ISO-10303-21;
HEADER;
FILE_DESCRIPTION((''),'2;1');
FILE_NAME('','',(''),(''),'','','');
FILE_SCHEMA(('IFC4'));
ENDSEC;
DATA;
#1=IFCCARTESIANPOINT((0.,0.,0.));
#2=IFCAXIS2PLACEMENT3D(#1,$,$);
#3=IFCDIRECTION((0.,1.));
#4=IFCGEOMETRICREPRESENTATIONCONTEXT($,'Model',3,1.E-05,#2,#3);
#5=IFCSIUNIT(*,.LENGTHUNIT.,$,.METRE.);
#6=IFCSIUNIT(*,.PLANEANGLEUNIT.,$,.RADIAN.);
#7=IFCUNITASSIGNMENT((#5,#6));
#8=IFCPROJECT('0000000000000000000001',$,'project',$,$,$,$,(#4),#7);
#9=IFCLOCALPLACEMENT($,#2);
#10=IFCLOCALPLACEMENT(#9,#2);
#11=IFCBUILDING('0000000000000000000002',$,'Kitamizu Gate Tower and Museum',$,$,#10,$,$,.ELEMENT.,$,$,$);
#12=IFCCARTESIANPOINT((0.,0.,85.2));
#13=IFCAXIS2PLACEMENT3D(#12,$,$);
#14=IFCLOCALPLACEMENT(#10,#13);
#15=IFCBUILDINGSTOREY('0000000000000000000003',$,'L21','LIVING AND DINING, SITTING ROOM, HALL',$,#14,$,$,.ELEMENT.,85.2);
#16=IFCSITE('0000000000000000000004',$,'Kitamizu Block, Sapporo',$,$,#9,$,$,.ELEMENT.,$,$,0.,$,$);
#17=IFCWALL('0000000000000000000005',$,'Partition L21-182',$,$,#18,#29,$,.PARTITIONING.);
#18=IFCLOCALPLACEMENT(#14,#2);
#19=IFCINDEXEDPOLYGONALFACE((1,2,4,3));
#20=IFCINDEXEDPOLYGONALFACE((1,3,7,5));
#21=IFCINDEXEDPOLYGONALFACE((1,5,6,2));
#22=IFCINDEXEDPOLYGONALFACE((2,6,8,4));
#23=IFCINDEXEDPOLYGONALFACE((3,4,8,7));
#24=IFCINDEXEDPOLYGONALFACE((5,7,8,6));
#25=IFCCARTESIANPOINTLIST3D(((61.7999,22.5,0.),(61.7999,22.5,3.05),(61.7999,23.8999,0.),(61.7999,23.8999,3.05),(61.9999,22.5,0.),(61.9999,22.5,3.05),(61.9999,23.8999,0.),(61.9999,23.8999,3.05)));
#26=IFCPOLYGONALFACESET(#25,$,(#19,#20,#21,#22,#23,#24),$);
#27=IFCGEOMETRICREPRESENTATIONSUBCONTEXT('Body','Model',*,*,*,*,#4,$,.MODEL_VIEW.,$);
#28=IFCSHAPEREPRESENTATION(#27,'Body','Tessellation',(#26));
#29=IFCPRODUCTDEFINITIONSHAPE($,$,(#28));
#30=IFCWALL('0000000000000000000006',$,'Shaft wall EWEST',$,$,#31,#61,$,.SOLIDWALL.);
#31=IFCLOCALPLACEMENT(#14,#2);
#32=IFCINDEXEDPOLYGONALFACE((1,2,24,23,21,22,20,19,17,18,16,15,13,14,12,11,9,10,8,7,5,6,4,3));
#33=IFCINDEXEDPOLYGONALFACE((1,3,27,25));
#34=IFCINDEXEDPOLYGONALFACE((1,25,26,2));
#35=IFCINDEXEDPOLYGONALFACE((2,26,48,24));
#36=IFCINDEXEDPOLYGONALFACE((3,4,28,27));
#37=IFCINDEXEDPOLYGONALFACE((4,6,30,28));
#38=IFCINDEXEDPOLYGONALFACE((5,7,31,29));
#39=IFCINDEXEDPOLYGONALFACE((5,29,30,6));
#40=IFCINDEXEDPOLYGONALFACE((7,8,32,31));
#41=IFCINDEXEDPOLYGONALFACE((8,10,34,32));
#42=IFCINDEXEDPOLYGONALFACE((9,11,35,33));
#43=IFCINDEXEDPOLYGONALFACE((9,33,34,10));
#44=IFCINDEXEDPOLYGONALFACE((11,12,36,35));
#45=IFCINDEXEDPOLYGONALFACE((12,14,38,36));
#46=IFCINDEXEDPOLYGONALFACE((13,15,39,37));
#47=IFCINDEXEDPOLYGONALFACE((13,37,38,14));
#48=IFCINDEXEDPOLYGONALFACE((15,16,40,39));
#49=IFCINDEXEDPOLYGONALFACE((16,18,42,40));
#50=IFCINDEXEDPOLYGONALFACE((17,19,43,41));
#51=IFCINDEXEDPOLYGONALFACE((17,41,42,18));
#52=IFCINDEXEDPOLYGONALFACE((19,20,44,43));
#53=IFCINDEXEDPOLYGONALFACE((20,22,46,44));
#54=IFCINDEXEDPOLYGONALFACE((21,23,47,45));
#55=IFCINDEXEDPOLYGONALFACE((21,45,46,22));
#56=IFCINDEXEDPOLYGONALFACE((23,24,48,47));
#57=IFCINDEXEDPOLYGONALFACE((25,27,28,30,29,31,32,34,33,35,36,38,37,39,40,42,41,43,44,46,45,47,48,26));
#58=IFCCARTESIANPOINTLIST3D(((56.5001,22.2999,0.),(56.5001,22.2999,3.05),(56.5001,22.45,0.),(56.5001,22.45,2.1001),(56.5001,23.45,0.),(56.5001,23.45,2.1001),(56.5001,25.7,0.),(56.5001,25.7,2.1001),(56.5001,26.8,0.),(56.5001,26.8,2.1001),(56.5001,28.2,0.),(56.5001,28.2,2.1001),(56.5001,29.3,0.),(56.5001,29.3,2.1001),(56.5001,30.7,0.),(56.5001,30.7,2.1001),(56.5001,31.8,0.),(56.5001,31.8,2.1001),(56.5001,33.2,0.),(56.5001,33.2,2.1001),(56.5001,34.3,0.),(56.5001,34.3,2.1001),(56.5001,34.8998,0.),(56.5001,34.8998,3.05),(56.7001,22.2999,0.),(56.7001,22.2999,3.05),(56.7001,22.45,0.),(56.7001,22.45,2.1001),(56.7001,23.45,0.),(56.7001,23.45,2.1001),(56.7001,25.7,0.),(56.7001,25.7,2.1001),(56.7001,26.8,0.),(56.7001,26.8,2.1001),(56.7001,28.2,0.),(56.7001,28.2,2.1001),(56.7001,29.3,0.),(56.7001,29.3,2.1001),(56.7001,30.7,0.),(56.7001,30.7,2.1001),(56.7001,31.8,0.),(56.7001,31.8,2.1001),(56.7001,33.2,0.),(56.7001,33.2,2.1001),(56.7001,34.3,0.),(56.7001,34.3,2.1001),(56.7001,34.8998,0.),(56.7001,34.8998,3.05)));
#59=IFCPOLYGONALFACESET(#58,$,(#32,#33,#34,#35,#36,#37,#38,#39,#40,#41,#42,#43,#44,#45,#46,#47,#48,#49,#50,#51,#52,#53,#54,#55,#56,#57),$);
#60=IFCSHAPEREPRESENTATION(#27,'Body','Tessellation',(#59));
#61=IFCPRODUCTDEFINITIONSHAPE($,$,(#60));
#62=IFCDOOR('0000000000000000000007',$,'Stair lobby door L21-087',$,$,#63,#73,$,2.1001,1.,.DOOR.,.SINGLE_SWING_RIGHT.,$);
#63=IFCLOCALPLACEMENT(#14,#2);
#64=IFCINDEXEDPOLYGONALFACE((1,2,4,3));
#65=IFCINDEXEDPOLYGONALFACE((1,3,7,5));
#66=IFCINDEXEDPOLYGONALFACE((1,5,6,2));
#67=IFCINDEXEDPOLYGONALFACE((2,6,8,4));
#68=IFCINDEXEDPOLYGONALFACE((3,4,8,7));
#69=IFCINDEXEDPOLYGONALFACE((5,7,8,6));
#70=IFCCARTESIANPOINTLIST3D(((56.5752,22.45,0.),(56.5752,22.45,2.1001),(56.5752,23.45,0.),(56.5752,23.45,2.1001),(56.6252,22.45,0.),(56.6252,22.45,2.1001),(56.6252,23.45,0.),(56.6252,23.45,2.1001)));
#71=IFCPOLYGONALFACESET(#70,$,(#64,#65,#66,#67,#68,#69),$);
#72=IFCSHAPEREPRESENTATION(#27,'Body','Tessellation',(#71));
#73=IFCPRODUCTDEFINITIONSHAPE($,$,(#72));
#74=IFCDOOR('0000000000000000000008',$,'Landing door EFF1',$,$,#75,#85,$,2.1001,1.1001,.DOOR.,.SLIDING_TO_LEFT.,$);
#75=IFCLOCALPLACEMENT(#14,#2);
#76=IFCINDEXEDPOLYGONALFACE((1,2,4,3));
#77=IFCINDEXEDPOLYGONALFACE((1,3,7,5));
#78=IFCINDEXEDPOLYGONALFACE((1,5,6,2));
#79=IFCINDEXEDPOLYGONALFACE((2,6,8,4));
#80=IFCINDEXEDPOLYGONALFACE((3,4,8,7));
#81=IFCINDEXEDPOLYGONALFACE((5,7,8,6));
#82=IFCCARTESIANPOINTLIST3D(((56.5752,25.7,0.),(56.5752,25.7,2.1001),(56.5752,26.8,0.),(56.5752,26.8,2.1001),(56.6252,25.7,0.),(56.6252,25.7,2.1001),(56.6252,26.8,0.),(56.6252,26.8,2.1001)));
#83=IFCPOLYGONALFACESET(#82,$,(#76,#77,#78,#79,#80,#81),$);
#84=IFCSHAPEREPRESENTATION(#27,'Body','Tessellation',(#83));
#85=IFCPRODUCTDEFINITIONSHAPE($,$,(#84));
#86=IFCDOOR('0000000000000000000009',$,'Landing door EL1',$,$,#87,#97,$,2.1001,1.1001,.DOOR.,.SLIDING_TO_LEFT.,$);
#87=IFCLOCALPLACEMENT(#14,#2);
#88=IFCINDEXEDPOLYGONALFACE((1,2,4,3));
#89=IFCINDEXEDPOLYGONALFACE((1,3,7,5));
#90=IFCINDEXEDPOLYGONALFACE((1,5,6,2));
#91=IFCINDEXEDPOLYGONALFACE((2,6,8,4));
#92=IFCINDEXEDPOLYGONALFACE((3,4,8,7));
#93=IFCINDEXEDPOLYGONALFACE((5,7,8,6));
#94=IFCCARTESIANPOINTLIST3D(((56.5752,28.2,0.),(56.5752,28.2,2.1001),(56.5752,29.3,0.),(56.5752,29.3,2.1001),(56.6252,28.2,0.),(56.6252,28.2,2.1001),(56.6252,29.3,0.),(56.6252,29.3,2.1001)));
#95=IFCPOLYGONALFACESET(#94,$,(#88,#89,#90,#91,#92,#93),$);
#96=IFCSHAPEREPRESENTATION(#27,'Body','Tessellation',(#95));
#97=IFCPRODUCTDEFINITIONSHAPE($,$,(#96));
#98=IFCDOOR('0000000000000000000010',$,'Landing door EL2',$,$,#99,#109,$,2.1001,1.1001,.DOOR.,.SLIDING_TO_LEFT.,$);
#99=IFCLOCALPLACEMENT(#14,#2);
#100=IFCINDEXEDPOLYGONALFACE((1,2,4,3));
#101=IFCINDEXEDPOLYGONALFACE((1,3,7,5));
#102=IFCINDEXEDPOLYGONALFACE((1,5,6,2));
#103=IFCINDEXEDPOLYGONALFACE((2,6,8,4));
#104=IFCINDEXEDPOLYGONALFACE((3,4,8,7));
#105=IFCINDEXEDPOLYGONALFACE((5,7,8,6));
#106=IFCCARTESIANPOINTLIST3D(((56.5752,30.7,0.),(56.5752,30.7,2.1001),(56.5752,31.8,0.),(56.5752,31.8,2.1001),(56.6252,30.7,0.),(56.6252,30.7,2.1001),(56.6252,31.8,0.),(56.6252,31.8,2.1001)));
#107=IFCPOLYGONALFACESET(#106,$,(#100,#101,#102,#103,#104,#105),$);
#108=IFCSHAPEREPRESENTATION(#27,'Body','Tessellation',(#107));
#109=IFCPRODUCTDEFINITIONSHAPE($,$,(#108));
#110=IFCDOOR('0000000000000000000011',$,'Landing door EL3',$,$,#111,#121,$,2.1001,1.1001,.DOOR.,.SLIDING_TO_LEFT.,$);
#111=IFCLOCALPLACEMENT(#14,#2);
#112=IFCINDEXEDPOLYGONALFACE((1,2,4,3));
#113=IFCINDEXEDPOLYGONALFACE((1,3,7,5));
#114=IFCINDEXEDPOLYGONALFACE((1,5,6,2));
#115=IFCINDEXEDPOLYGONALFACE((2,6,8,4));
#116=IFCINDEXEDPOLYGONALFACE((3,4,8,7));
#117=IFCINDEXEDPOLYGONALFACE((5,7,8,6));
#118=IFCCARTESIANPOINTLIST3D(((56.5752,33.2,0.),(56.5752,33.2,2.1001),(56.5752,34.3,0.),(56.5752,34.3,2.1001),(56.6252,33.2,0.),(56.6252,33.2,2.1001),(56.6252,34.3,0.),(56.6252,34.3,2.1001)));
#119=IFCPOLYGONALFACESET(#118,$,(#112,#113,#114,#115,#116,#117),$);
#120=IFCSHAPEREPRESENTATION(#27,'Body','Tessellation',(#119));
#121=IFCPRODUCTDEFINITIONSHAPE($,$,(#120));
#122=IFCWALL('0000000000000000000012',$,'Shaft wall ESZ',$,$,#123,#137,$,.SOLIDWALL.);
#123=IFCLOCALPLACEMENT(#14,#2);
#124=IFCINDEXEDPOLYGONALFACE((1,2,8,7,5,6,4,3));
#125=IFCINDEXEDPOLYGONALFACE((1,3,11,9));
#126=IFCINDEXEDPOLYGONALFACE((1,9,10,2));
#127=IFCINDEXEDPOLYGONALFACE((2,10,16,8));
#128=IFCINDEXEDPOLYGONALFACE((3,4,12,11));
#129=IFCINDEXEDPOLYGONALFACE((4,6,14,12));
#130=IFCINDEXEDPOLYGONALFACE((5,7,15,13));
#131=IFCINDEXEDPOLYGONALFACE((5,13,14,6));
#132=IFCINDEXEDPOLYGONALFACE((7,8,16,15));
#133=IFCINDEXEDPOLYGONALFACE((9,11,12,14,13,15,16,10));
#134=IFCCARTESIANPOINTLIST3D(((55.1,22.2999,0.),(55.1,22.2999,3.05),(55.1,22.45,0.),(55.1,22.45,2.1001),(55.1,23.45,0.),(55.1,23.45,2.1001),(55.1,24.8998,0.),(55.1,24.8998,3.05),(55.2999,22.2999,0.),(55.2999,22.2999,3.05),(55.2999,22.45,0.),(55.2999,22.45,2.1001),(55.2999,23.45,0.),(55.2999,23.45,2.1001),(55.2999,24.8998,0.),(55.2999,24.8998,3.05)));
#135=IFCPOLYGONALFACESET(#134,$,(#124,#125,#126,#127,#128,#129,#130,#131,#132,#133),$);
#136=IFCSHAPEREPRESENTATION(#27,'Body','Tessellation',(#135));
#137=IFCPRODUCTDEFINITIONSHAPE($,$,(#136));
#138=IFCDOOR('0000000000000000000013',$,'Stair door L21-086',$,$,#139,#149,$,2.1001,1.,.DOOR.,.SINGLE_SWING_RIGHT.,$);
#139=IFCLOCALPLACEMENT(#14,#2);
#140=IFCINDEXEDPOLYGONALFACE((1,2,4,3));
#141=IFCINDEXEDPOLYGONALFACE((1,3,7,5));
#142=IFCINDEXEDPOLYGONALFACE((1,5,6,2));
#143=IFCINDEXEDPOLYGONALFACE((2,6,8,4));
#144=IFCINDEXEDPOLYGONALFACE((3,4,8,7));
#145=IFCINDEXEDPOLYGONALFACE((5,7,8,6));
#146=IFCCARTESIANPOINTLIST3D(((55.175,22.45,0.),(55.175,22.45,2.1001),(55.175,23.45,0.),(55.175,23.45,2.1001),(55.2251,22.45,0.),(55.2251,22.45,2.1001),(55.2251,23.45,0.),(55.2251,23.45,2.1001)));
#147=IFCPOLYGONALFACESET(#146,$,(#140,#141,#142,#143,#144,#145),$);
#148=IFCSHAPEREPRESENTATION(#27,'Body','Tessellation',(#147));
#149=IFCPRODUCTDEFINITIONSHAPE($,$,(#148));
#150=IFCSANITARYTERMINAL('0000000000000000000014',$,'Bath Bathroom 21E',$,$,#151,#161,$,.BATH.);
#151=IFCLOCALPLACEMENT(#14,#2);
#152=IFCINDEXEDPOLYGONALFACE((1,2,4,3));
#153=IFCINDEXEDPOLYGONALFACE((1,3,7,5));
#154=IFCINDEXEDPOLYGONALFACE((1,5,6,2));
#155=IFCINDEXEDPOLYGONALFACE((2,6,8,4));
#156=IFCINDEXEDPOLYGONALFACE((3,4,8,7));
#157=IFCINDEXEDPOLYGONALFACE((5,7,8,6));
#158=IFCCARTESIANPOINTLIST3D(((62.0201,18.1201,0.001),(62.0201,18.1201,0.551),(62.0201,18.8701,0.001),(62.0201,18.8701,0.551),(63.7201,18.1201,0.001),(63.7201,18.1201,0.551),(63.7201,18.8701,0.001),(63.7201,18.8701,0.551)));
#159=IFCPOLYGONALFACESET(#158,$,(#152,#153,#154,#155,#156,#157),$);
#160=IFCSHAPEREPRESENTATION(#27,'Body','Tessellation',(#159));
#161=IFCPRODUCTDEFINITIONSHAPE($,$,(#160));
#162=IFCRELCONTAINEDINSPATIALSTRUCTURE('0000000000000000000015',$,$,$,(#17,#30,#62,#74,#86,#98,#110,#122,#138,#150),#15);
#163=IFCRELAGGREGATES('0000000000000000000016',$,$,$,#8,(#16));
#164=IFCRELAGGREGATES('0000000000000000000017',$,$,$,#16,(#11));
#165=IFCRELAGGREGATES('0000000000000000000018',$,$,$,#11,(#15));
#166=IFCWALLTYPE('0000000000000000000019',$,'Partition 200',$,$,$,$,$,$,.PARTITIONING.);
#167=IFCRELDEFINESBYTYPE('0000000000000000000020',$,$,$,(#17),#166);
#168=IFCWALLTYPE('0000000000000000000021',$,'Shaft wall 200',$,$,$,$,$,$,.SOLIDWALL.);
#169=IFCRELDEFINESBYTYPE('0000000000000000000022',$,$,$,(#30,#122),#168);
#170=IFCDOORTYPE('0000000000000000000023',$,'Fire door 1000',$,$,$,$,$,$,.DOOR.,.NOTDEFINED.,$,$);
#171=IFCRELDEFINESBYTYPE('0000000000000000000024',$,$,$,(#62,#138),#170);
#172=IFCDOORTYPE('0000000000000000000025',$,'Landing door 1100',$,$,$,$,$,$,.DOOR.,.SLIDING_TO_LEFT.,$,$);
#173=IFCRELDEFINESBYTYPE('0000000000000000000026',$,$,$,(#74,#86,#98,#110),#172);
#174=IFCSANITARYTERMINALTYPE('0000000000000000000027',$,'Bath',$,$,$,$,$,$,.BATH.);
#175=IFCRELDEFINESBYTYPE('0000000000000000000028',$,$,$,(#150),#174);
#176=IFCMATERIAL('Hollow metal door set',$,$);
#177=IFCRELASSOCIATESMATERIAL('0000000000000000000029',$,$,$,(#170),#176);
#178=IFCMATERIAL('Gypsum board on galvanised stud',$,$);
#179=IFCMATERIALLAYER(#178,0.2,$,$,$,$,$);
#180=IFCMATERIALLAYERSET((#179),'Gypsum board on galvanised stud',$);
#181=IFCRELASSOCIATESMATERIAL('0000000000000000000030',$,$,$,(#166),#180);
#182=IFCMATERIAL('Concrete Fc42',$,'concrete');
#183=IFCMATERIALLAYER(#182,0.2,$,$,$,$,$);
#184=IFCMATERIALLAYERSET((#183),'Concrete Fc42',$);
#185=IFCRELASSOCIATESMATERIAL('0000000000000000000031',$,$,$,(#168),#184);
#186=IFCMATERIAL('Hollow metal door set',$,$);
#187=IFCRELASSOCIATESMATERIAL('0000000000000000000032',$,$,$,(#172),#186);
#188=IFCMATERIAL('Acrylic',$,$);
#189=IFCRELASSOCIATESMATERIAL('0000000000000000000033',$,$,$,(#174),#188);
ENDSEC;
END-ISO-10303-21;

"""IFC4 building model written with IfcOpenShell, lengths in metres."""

from ifc_helpers import new_model, si_unit, direction, frame, frame_2d, origin, origin_2d, place, context, subcontext, project, spatial, rectangle, extrude, material, layer, layer_set, type_object, element, fill, save


model = new_model("IFC4")

# Units and contexts
model_context = context("Model", 3, precision=1e-05, world=origin(), true_north=direction((0.0, 1.0)))
body_context = subcontext(model_context, "Body", "Model", "MODEL_VIEW")
ifc_project = project(units=[si_unit("LENGTHUNIT", "METRE"), si_unit("PLANEANGLEUNIT", "RADIAN")], contexts=[model_context])

# Site, building, storey
site_placement = place(None, origin())
site = spatial("IfcSite", under=ifc_project, at=site_placement, Name="Kitamizu Block, Sapporo", CompositionType="ELEMENT", RefElevation=0.0)
building_placement = place(site_placement, origin())
building = spatial("IfcBuilding", under=site, at=building_placement, Name="Kitamizu Gate Tower and Museum", CompositionType="ELEMENT")
storey_placement = place(building_placement, frame((0.0, 0.0, 85.2)))
storey = spatial("IfcBuildingStorey", under=building, at=storey_placement, Name="L21", Description="LIVING AND DINING, SITTING ROOM, HALL", CompositionType="ELEMENT", Elevation=85.2)

# Shared definitions
ifc_material_1 = material(Name="Hollow metal door set")
door_type_1 = type_object("IfcDoorType", Name="Fire door 1000", OperationType="NOTDEFINED", PredefinedType="DOOR", material=ifc_material_1)

# Shared definitions
ifc_material_2 = material(Name="Gypsum board on galvanised stud")
ifc_layer_1 = layer(ifc_material_2, 0.2)
ifc_layer_set_1 = layer_set([ifc_layer_1], Name="Gypsum board on galvanised stud")
wall_type_1 = type_object("IfcWallType", Name="Partition 200", PredefinedType="PARTITIONING", material=ifc_layer_set_1)

# Wall
wall_1_placement = place(storey_placement, frame((61.8999, 23.8999, 0.0), z_axis=(0.0, 0.0, 1.0), x_axis=(0.0, -1.0, 0.0)))
element("IfcWall", 1, at=wall_1_placement, inside=storey, type_object=wall_type_1, Name="Partition L21-182", PredefinedType="PARTITIONING", context=body_context, shape_type="SweptSolid", body=[
    extrude(rectangle(XDim=1.3999, YDim=0.2, at=frame_2d((0.7, 0.0))), origin(), (0.0, 0.0, 1.0), 3.05),
])

# Wall, openings, doors
ifc_material_3 = material(Name="Concrete Fc42", Category="concrete")
ifc_layer_2 = layer(ifc_material_3, 0.2)
ifc_layer_set_2 = layer_set([ifc_layer_2], Name="Concrete Fc42")
wall_type_2 = type_object("IfcWallType", Name="Shaft wall 200", PredefinedType="SOLIDWALL", material=ifc_layer_set_2)
wall_2_placement = place(storey_placement, frame((56.6001, 22.3, 0.0), z_axis=(0.0, 0.0, 1.0), x_axis=(0.0, 1.0, 0.0)))
wall_2 = element("IfcWall", 2, at=wall_2_placement, inside=storey, type_object=wall_type_2, Name="Shaft wall EWEST", PredefinedType="SOLIDWALL", context=body_context, shape_type="SweptSolid", body=[
    extrude(rectangle(XDim=12.5999, YDim=0.2, at=frame_2d((6.2998, 0.0))), origin(), (0.0, 0.0, 1.0), 3.05),
])
opening_1_placement = place(wall_2_placement, frame((3.3999, 0.0, 0.0)))
opening_1 = element("IfcOpeningElement", 3, at=opening_1_placement, cuts=wall_2, PredefinedType="OPENING", context=body_context, shape_type="SweptSolid", body=[
    extrude(rectangle(XDim=1.1001, YDim=2.1001, at=frame_2d((0.55, 1.05))), frame((0.0, 0.1099, 0.0), z_axis=(0.0, -1.0, 0.0), x_axis=(1.0, 0.0, 0.0)), (0.0, 0.0, 1.0), 0.22),
])
opening_2_placement = place(wall_2_placement, frame((5.8999, 0.0, 0.0)))
opening_2 = element("IfcOpeningElement", 4, at=opening_2_placement, cuts=wall_2, PredefinedType="OPENING", context=body_context, shape_type="SweptSolid", body=[
    extrude(rectangle(XDim=1.1001, YDim=2.1001, at=frame_2d((0.55, 1.05))), frame((0.0, 0.1099, 0.0), z_axis=(0.0, -1.0, 0.0), x_axis=(1.0, 0.0, 0.0)), (0.0, 0.0, 1.0), 0.22),
])
opening_3_placement = place(wall_2_placement, frame((8.3999, 0.0, 0.0)))
opening_3 = element("IfcOpeningElement", 5, at=opening_3_placement, cuts=wall_2, PredefinedType="OPENING", context=body_context, shape_type="SweptSolid", body=[
    extrude(rectangle(XDim=1.1001, YDim=2.1001, at=frame_2d((0.55, 1.05))), frame((0.0, 0.1099, 0.0), z_axis=(0.0, -1.0, 0.0), x_axis=(1.0, 0.0, 0.0)), (0.0, 0.0, 1.0), 0.22),
])
opening_4_placement = place(wall_2_placement, frame((10.8999, 0.0, 0.0)))
opening_4 = element("IfcOpeningElement", 6, at=opening_4_placement, cuts=wall_2, PredefinedType="OPENING", context=body_context, shape_type="SweptSolid", body=[
    extrude(rectangle(XDim=1.1001, YDim=2.1001, at=frame_2d((0.55, 1.05))), frame((0.0, 0.1099, 0.0), z_axis=(0.0, -1.0, 0.0), x_axis=(1.0, 0.0, 0.0)), (0.0, 0.0, 1.0), 0.22),
])
opening_5_placement = place(wall_2_placement, frame((0.1499, 0.0, 0.0)))
opening_5 = element("IfcOpeningElement", 7, at=opening_5_placement, cuts=wall_2, PredefinedType="OPENING", context=body_context, shape_type="SweptSolid", body=[
    extrude(rectangle(XDim=1.0, YDim=2.1001, at=frame_2d((0.5, 1.05))), frame((0.0, 0.1099, 0.0), z_axis=(0.0, -1.0, 0.0), x_axis=(1.0, 0.0, 0.0)), (0.0, 0.0, 1.0), 0.22),
])
door_1_placement = place(opening_5_placement, origin())
door_1 = element("IfcDoor", 8, at=door_1_placement, inside=storey, type_object=door_type_1, Name="Stair lobby door L21-087", OperationType="SINGLE_SWING_RIGHT", OverallHeight=2.1001, OverallWidth=1.0, PredefinedType="DOOR", context=body_context, shape_type="SweptSolid", body=[
    extrude(rectangle(XDim=1.0, YDim=2.1001, at=frame_2d((0.5, 1.05))), frame((0.0, 0.0249, 0.0), z_axis=(0.0, -1.0, 0.0), x_axis=(1.0, 0.0, 0.0)), (0.0, 0.0, 1.0), 0.05),
])
fill(opening_5, door_1)
ifc_material_4 = material(Name="Hollow metal door set")
door_type_2 = type_object("IfcDoorType", Name="Landing door 1100", OperationType="SLIDING_TO_LEFT", PredefinedType="DOOR", material=ifc_material_4)
door_2_placement = place(opening_1_placement, origin())
door_2 = element("IfcDoor", 9, at=door_2_placement, inside=storey, type_object=door_type_2, Name="Landing door EFF1", OperationType="SLIDING_TO_LEFT", OverallHeight=2.1001, OverallWidth=1.1001, PredefinedType="DOOR", context=body_context, shape_type="SweptSolid", body=[
    extrude(rectangle(XDim=1.1001, YDim=2.1001, at=frame_2d((0.55, 1.05))), frame((0.0, 0.0249, 0.0), z_axis=(0.0, -1.0, 0.0), x_axis=(1.0, 0.0, 0.0)), (0.0, 0.0, 1.0), 0.05),
])
fill(opening_1, door_2)
door_3_placement = place(opening_2_placement, origin())
door_3 = element("IfcDoor", 10, at=door_3_placement, inside=storey, type_object=door_type_2, Name="Landing door EL1", OperationType="SLIDING_TO_LEFT", OverallHeight=2.1001, OverallWidth=1.1001, PredefinedType="DOOR", context=body_context, shape_type="SweptSolid", body=[
    extrude(rectangle(XDim=1.1001, YDim=2.1001, at=frame_2d((0.55, 1.05))), frame((0.0, 0.0249, 0.0), z_axis=(0.0, -1.0, 0.0), x_axis=(1.0, 0.0, 0.0)), (0.0, 0.0, 1.0), 0.05),
])
fill(opening_2, door_3)
door_4_placement = place(opening_3_placement, origin())
door_4 = element("IfcDoor", 11, at=door_4_placement, inside=storey, type_object=door_type_2, Name="Landing door EL2", OperationType="SLIDING_TO_LEFT", OverallHeight=2.1001, OverallWidth=1.1001, PredefinedType="DOOR", context=body_context, shape_type="SweptSolid", body=[
    extrude(rectangle(XDim=1.1001, YDim=2.1001, at=frame_2d((0.55, 1.05))), frame((0.0, 0.0249, 0.0), z_axis=(0.0, -1.0, 0.0), x_axis=(1.0, 0.0, 0.0)), (0.0, 0.0, 1.0), 0.05),
])
fill(opening_3, door_4)
door_5_placement = place(opening_4_placement, origin())
door_5 = element("IfcDoor", 12, at=door_5_placement, inside=storey, type_object=door_type_2, Name="Landing door EL3", OperationType="SLIDING_TO_LEFT", OverallHeight=2.1001, OverallWidth=1.1001, PredefinedType="DOOR", context=body_context, shape_type="SweptSolid", body=[
    extrude(rectangle(XDim=1.1001, YDim=2.1001, at=frame_2d((0.55, 1.05))), frame((0.0, 0.0249, 0.0), z_axis=(0.0, -1.0, 0.0), x_axis=(1.0, 0.0, 0.0)), (0.0, 0.0, 1.0), 0.05),
])
fill(opening_4, door_5)

# Wall, opening, door
wall_3_placement = place(storey_placement, frame((55.2, 22.3, 0.0), z_axis=(0.0, 0.0, 1.0), x_axis=(0.0, 1.0, 0.0)))
wall_3 = element("IfcWall", 13, at=wall_3_placement, inside=storey, type_object=wall_type_2, Name="Shaft wall ESZ", PredefinedType="SOLIDWALL", context=body_context, shape_type="SweptSolid", body=[
    extrude(rectangle(XDim=2.5999, YDim=0.2, at=frame_2d((1.2998, 0.0))), origin(), (0.0, 0.0, 1.0), 3.05),
])
opening_6_placement = place(wall_3_placement, frame((0.1499, 0.0, 0.0)))
opening_6 = element("IfcOpeningElement", 14, at=opening_6_placement, cuts=wall_3, PredefinedType="OPENING", context=body_context, shape_type="SweptSolid", body=[
    extrude(rectangle(XDim=1.0, YDim=2.1001, at=frame_2d((0.5, 1.05))), frame((0.0, 0.1099, 0.0), z_axis=(0.0, -1.0, 0.0), x_axis=(1.0, 0.0, 0.0)), (0.0, 0.0, 1.0), 0.22),
])
door_6_placement = place(opening_6_placement, origin())
door_6 = element("IfcDoor", 15, at=door_6_placement, inside=storey, type_object=door_type_1, Name="Stair door L21-086", OperationType="SINGLE_SWING_RIGHT", OverallHeight=2.1001, OverallWidth=1.0, PredefinedType="DOOR", context=body_context, shape_type="SweptSolid", body=[
    extrude(rectangle(XDim=1.0, YDim=2.1001, at=frame_2d((0.5, 1.05))), frame((0.0, 0.0249, 0.0), z_axis=(0.0, -1.0, 0.0), x_axis=(1.0, 0.0, 0.0)), (0.0, 0.0, 1.0), 0.05),
])
fill(opening_6, door_6)

# Sanitary terminal
ifc_material_5 = material(Name="Acrylic")
sanitary_terminal_type_1 = type_object("IfcSanitaryTerminalType", Name="Bath", PredefinedType="BATH", material=ifc_material_5)
sanitary_terminal_1_placement = place(storey_placement, frame((62.8701, 18.4951, 0.001), z_axis=(0.0, 0.0, 1.0), x_axis=(1.0, 0.0, 0.0)))
element("IfcSanitaryTerminal", 16, at=sanitary_terminal_1_placement, inside=storey, type_object=sanitary_terminal_type_1, Name="Bath Bathroom 21E", PredefinedType="BATH", context=body_context, shape_type="SweptSolid", body=[
    extrude(rectangle(XDim=1.7, YDim=0.75, at=origin_2d()), origin(), (0.0, 0.0, 1.0), 0.55),
])

save(model, "model.ifc")
